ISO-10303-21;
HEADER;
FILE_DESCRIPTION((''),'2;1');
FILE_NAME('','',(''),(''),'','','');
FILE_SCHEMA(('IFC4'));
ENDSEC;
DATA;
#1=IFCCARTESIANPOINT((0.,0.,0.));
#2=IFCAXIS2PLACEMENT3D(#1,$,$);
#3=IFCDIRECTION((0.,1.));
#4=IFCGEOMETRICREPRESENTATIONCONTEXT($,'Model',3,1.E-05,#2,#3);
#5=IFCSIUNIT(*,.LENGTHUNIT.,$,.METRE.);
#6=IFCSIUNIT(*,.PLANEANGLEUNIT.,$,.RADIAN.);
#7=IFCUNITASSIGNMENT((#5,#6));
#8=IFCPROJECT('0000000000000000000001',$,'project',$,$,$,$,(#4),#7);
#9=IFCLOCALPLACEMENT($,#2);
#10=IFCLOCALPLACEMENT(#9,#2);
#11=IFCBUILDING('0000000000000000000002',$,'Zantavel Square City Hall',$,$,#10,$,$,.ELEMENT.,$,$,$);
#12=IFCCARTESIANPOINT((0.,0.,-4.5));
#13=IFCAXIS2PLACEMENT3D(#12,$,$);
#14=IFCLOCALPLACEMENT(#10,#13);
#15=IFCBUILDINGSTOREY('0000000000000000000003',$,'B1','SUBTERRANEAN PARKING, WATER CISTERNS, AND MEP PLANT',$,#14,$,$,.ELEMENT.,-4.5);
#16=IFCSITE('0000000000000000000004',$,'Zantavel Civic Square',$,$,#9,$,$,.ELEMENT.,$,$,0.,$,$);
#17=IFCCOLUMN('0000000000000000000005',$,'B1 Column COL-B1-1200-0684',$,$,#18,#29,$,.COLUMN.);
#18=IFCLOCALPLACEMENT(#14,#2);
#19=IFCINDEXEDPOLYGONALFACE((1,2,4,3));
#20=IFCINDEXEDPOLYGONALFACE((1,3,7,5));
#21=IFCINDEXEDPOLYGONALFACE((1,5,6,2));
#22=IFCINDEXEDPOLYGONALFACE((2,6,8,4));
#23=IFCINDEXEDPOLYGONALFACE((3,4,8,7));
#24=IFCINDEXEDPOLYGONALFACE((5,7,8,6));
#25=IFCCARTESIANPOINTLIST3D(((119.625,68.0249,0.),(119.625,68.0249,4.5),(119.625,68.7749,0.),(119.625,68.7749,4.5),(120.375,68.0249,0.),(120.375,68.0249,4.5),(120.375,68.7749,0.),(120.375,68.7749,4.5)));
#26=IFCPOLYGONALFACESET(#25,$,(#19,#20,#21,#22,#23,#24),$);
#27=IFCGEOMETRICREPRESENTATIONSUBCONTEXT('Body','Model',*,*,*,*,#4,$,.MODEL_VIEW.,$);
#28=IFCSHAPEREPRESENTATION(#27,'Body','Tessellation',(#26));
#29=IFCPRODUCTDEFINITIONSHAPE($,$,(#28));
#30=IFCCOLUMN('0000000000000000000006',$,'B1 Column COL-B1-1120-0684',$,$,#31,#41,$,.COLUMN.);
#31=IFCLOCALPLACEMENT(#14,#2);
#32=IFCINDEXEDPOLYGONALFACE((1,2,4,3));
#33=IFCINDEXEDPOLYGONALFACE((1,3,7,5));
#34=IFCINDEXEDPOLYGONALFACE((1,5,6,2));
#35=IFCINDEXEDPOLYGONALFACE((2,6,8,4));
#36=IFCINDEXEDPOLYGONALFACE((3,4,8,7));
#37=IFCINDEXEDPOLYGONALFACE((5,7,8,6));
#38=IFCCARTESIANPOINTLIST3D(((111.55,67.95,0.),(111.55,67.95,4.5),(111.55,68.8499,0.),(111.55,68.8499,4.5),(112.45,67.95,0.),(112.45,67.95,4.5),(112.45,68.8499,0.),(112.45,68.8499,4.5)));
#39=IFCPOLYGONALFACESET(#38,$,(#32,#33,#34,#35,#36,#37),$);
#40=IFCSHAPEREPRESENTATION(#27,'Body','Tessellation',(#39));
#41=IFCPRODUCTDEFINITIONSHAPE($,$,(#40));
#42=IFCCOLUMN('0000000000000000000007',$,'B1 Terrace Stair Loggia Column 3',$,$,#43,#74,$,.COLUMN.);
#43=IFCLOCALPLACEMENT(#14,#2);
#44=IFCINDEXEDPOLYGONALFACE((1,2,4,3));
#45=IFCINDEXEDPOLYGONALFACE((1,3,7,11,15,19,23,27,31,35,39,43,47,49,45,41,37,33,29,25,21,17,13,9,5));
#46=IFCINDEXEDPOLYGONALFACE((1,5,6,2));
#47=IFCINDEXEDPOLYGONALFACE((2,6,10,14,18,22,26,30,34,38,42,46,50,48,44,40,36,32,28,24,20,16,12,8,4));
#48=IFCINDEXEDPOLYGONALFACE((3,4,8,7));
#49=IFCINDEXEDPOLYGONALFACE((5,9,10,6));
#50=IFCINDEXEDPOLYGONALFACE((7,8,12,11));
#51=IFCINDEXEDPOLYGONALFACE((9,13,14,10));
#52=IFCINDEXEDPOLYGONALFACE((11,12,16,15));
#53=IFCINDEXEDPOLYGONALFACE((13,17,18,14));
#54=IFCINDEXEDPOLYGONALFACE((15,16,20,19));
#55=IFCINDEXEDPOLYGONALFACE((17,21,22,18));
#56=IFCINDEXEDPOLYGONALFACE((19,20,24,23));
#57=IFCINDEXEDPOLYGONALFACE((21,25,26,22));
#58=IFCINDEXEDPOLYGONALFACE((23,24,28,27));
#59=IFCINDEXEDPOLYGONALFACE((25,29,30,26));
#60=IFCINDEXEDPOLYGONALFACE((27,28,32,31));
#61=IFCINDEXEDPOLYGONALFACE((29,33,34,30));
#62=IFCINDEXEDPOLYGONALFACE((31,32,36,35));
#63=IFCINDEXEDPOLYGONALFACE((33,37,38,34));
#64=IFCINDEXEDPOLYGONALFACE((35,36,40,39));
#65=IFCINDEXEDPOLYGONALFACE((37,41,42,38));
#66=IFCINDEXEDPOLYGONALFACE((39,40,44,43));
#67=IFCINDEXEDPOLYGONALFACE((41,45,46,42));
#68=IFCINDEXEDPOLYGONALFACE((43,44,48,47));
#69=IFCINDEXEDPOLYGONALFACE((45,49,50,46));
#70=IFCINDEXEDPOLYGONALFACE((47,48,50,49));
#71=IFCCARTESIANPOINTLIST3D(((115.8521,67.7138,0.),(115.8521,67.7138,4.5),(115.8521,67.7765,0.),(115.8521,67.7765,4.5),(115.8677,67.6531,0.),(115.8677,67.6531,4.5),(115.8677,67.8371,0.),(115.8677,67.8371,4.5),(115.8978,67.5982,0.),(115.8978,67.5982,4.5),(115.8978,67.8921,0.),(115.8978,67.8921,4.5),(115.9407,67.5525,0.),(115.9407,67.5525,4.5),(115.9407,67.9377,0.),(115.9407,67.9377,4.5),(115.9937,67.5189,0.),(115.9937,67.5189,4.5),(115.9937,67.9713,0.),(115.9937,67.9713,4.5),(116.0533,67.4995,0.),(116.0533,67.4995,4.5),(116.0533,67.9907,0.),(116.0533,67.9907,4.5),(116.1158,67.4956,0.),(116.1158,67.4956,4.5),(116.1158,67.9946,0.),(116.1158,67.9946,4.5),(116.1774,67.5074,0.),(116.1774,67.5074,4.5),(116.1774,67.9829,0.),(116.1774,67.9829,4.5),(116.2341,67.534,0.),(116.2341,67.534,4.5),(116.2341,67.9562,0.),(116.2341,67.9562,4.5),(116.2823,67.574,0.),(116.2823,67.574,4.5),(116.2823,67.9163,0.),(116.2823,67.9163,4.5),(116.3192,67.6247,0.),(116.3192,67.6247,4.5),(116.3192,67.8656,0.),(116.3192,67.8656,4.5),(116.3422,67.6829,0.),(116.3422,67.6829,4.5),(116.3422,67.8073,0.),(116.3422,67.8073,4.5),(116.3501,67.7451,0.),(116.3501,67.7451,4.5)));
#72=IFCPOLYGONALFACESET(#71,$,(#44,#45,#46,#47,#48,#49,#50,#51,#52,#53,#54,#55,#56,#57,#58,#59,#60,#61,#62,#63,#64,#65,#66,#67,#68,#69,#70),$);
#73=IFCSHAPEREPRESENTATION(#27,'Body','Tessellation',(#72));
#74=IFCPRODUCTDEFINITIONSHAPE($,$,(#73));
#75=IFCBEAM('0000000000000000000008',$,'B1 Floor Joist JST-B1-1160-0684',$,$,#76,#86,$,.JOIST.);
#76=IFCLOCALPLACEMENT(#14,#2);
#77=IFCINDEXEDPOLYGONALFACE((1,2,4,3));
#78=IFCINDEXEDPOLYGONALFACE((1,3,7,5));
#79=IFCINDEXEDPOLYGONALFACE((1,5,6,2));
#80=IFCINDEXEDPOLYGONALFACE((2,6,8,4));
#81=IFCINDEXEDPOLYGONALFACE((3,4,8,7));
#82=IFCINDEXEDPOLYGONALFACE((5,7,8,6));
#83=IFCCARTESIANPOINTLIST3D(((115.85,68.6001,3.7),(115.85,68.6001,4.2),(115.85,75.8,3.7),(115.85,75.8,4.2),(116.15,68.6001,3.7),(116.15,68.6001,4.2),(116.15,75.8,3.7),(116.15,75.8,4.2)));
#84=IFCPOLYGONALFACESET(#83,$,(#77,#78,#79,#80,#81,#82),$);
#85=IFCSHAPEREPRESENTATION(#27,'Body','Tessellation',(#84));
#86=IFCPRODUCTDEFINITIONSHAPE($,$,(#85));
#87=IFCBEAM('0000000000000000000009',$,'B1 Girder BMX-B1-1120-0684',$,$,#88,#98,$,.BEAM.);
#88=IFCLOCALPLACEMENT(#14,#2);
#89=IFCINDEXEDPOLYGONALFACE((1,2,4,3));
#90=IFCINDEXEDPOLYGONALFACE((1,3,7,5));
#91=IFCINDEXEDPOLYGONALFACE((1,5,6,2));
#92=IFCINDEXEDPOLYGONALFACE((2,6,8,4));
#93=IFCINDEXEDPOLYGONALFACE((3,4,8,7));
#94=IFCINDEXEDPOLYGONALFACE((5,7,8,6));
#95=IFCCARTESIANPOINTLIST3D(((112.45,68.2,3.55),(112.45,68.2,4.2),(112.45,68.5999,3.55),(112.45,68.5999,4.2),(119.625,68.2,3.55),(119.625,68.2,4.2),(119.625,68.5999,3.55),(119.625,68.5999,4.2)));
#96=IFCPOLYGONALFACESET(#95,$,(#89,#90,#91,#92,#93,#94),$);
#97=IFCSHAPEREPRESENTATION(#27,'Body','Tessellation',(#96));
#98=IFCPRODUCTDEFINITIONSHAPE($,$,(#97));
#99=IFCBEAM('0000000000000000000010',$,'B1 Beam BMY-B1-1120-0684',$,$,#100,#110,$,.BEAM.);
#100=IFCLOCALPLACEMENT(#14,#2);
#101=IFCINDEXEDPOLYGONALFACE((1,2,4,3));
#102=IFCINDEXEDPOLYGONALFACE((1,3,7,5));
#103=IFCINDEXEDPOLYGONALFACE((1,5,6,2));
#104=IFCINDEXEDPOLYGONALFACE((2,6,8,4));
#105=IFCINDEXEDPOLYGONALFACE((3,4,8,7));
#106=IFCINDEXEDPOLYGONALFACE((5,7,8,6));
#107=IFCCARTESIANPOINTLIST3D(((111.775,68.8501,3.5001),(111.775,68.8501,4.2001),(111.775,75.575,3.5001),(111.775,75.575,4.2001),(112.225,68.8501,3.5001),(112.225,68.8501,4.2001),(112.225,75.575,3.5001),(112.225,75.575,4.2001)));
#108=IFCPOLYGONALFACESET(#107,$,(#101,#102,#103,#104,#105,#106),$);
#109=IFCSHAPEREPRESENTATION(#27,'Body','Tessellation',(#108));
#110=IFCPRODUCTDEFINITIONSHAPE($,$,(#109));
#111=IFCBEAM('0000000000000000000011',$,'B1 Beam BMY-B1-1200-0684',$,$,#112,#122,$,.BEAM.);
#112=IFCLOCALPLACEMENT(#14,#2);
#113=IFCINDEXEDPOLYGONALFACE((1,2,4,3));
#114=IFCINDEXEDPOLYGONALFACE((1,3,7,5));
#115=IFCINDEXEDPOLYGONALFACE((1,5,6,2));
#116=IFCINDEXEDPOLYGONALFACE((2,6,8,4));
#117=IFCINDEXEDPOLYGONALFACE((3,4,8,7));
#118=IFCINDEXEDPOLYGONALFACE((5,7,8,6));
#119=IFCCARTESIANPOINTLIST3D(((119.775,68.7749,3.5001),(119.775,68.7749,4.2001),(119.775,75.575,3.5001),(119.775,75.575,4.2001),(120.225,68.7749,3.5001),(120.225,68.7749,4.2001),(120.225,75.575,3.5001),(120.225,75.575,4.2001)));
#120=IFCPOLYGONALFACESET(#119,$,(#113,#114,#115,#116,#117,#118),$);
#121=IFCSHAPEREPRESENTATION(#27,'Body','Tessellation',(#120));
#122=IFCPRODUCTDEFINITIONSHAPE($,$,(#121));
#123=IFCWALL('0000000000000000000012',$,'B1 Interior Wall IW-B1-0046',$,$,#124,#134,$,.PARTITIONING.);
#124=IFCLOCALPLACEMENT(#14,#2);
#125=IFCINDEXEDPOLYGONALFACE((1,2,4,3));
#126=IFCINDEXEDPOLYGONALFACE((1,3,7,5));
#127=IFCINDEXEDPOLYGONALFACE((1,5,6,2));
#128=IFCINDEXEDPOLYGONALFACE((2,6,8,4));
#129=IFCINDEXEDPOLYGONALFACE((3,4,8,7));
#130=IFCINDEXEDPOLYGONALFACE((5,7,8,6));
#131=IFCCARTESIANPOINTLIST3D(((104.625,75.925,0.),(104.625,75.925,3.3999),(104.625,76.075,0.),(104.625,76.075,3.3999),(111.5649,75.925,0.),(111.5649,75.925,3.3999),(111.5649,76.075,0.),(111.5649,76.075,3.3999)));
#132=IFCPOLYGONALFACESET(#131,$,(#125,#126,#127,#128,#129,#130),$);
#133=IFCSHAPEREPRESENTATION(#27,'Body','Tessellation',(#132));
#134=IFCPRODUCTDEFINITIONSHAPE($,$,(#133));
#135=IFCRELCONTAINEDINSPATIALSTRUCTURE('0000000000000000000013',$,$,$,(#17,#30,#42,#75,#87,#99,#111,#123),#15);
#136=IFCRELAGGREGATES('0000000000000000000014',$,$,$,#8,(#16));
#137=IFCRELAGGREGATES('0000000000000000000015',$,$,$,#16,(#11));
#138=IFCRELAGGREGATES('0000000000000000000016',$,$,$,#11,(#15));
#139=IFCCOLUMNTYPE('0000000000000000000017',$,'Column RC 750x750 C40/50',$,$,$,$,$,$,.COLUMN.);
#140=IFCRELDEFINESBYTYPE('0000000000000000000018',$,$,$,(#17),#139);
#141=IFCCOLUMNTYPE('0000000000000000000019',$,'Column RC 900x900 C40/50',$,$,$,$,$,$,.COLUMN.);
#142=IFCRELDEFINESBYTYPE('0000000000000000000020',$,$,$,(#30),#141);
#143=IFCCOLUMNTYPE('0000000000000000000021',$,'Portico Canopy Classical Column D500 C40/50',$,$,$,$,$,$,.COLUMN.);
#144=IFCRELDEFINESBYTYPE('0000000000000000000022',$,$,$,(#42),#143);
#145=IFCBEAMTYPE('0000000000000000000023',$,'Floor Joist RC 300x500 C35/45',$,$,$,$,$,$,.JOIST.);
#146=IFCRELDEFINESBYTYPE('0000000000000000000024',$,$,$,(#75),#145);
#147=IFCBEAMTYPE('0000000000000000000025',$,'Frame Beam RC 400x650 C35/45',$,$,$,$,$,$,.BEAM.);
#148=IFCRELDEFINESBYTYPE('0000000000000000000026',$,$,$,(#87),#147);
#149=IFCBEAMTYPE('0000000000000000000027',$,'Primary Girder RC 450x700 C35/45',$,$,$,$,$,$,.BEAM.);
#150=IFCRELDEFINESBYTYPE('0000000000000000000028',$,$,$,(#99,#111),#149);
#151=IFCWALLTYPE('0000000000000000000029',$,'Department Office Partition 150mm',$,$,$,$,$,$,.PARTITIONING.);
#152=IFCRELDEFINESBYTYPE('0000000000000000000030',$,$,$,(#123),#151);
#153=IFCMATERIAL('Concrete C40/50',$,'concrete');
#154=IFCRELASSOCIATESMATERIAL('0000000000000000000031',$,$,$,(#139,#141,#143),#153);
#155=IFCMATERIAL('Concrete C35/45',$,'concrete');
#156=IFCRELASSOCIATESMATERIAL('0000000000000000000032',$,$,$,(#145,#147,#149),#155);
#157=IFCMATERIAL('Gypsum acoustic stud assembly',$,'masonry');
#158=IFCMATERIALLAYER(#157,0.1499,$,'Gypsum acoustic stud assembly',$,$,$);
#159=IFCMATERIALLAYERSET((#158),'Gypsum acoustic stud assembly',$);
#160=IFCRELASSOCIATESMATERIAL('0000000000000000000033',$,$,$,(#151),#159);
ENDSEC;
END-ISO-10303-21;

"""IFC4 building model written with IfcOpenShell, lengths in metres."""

from ifc_helpers import new_model, si_unit, direction, frame, frame_2d, origin, origin_2d, place, context, subcontext, project, spatial, rectangle, circle, extrude, material, layer, layer_set, material_profile, profile_set, type_object, element, save


model = new_model("IFC4")

# Units and contexts
model_context = context("Model", 3, precision=1e-05, world=origin(), true_north=direction((0.0, 1.0)))
body_context = subcontext(model_context, "Body", "Model", "MODEL_VIEW")
ifc_project = project(units=[si_unit("LENGTHUNIT", "METRE"), si_unit("PLANEANGLEUNIT", "RADIAN")], contexts=[model_context])

# Site, building, storey
site_placement = place(None, origin())
site = spatial("IfcSite", under=ifc_project, at=site_placement, Name="Zantavel Civic Square", CompositionType="ELEMENT", RefElevation=0.0)
building_placement = place(site_placement, origin())
building = spatial("IfcBuilding", under=site, at=building_placement, Name="Zantavel Square City Hall", CompositionType="ELEMENT")
storey_placement = place(building_placement, frame((0.0, 0.0, -4.5)))
storey = spatial("IfcBuildingStorey", under=building, at=storey_placement, Name="B1", Description="SUBTERRANEAN PARKING, WATER CISTERNS, AND MEP PLANT", CompositionType="ELEMENT", Elevation=-4.5)

# Shared definitions
ifc_material_1 = material(Name="Concrete C35/45", Category="concrete")

# Shared definitions
ifc_material_2 = material(Name="Concrete C40/50", Category="concrete")

# Columns
ifc_material_profile_1 = material_profile(ifc_material_2, rectangle(XDim=0.75, YDim=0.75, at=origin_2d()), Name="RC 750x750")
ifc_profile_set_1 = profile_set([ifc_material_profile_1], Name="Concrete C40/50")
column_type_1 = type_object("IfcColumnType", Name="Column RC 750x750 C40/50", PredefinedType="COLUMN", material=ifc_profile_set_1)
column_1_placement = place(storey_placement, frame((120.0, 68.3999, 0.0), z_axis=(0.0, 0.0, 1.0), x_axis=(1.0, 0.0, 0.0)))
element("IfcColumn", 1, at=column_1_placement, inside=storey, type_object=column_type_1, Name="B1 Column COL-B1-1200-0684", PredefinedType="COLUMN", context=body_context, shape_type="SweptSolid", body=[
    extrude(rectangle(XDim=0.75, YDim=0.75, at=origin_2d()), origin(), (0.0, 0.0, 1.0), 4.5),
])
ifc_material_profile_2 = material_profile(ifc_material_2, rectangle(XDim=0.8999, YDim=0.8999, at=origin_2d()), Name="RC 900x900")
ifc_profile_set_2 = profile_set([ifc_material_profile_2], Name="Concrete C40/50")
column_type_2 = type_object("IfcColumnType", Name="Column RC 900x900 C40/50", PredefinedType="COLUMN", material=ifc_profile_set_2)
column_2_placement = place(storey_placement, frame((112.0, 68.3999, 0.0), z_axis=(0.0, 0.0, 1.0), x_axis=(1.0, 0.0, 0.0)))
element("IfcColumn", 2, at=column_2_placement, inside=storey, type_object=column_type_2, Name="B1 Column COL-B1-1120-0684", PredefinedType="COLUMN", context=body_context, shape_type="SweptSolid", body=[
    extrude(rectangle(XDim=0.8999, YDim=0.8999, at=origin_2d()), origin(), (0.0, 0.0, 1.0), 4.5),
])
ifc_material_profile_3 = material_profile(ifc_material_2, circle(Radius=0.25, at=origin_2d()), Name="ROUND D500")
ifc_profile_set_3 = profile_set([ifc_material_profile_3], Name="Concrete C40/50")
column_type_3 = type_object("IfcColumnType", Name="Portico Canopy Classical Column D500 C40/50", PredefinedType="COLUMN", material=ifc_profile_set_3)
column_3_placement = place(storey_placement, frame((116.1001, 67.7451, 0.0), z_axis=(0.0, 0.0, 1.0), x_axis=(1.0, 0.0, 0.0)))
element("IfcColumn", 3, at=column_3_placement, inside=storey, type_object=column_type_3, Name="B1 Terrace Stair Loggia Column 3", PredefinedType="COLUMN", context=body_context, shape_type="SweptSolid", body=[
    extrude(circle(Radius=0.25, at=origin_2d()), origin(), (0.0, 0.0, 1.0), 4.5),
])

# Beams
ifc_material_profile_4 = material_profile(ifc_material_1, rectangle(XDim=0.3, YDim=0.5, at=origin_2d()), Name="RC 300x500")
ifc_profile_set_4 = profile_set([ifc_material_profile_4], Name="Concrete C35/45")
beam_type_1 = type_object("IfcBeamType", Name="Floor Joist RC 300x500 C35/45", PredefinedType="JOIST", material=ifc_profile_set_4)
beam_1_placement = place(storey_placement, frame((116.0, 68.6001, 3.95), z_axis=(0.0, 1.0, 0.0), x_axis=(-1.0, 0.0, 0.0)))
element("IfcBeam", 4, at=beam_1_placement, inside=storey, type_object=beam_type_1, Name="B1 Floor Joist JST-B1-1160-0684", PredefinedType="JOIST", context=body_context, shape_type="SweptSolid", body=[
    extrude(rectangle(XDim=0.3, YDim=0.5, at=origin_2d()), origin(), (0.0, 0.0, 1.0), 7.2),
])
ifc_material_profile_5 = material_profile(ifc_material_1, rectangle(XDim=0.3999, YDim=0.6499, at=origin_2d()), Name="RC 400x650")
ifc_profile_set_5 = profile_set([ifc_material_profile_5], Name="Concrete C35/45")
beam_type_2 = type_object("IfcBeamType", Name="Frame Beam RC 400x650 C35/45", PredefinedType="BEAM", material=ifc_profile_set_5)
beam_2_placement = place(storey_placement, frame((112.45, 68.3999, 3.875), z_axis=(1.0, 0.0, 0.0), x_axis=(0.0, 1.0, 0.0)))
element("IfcBeam", 5, at=beam_2_placement, inside=storey, type_object=beam_type_2, Name="B1 Girder BMX-B1-1120-0684", PredefinedType="BEAM", context=body_context, shape_type="SweptSolid", body=[
    extrude(rectangle(XDim=0.3999, YDim=0.6499, at=origin_2d()), origin(), (0.0, 0.0, 1.0), 7.175),
])
ifc_material_profile_6 = material_profile(ifc_material_1, rectangle(XDim=0.45, YDim=0.7, at=origin_2d()), Name="RC 450x700")
ifc_profile_set_6 = profile_set([ifc_material_profile_6], Name="Concrete C35/45")
beam_type_3 = type_object("IfcBeamType", Name="Primary Girder RC 450x700 C35/45", PredefinedType="BEAM", material=ifc_profile_set_6)
beam_3_placement = place(storey_placement, frame((112.0, 68.8501, 3.8501), z_axis=(0.0, 1.0, 0.0), x_axis=(-1.0, 0.0, 0.0)))
element("IfcBeam", 6, at=beam_3_placement, inside=storey, type_object=beam_type_3, Name="B1 Beam BMY-B1-1120-0684", PredefinedType="BEAM", context=body_context, shape_type="SweptSolid", body=[
    extrude(rectangle(XDim=0.45, YDim=0.7, at=origin_2d()), origin(), (0.0, 0.0, 1.0), 6.7249),
])
beam_4_placement = place(storey_placement, frame((120.0, 68.7749, 3.8501), z_axis=(0.0, 1.0, 0.0), x_axis=(-1.0, 0.0, 0.0)))
element("IfcBeam", 7, at=beam_4_placement, inside=storey, type_object=beam_type_3, Name="B1 Beam BMY-B1-1200-0684", PredefinedType="BEAM", context=body_context, shape_type="SweptSolid", body=[
    extrude(rectangle(XDim=0.45, YDim=0.7, at=origin_2d()), origin(), (0.0, 0.0, 1.0), 6.8),
])

# Wall
ifc_material_3 = material(Name="Gypsum acoustic stud assembly", Category="masonry")
ifc_layer_1 = layer(ifc_material_3, 0.1499, Name="Gypsum acoustic stud assembly")
ifc_layer_set_1 = layer_set([ifc_layer_1], Name="Gypsum acoustic stud assembly")
wall_type = type_object("IfcWallType", Name="Department Office Partition 150mm", PredefinedType="PARTITIONING", material=ifc_layer_set_1)
wall_placement = place(storey_placement, frame((111.5649, 76.0, 0.0), z_axis=(0.0, 0.0, 1.0), x_axis=(-1.0, 0.0, 0.0)))
element("IfcWall", 8, at=wall_placement, inside=storey, type_object=wall_type, Name="B1 Interior Wall IW-B1-0046", PredefinedType="PARTITIONING", context=body_context, shape_type="SweptSolid", body=[
    extrude(rectangle(XDim=6.9399, YDim=0.1499, at=frame_2d((3.47, 0.0))), origin(), (0.0, 0.0, 1.0), 3.3999),
])

save(model, "model.ifc")
